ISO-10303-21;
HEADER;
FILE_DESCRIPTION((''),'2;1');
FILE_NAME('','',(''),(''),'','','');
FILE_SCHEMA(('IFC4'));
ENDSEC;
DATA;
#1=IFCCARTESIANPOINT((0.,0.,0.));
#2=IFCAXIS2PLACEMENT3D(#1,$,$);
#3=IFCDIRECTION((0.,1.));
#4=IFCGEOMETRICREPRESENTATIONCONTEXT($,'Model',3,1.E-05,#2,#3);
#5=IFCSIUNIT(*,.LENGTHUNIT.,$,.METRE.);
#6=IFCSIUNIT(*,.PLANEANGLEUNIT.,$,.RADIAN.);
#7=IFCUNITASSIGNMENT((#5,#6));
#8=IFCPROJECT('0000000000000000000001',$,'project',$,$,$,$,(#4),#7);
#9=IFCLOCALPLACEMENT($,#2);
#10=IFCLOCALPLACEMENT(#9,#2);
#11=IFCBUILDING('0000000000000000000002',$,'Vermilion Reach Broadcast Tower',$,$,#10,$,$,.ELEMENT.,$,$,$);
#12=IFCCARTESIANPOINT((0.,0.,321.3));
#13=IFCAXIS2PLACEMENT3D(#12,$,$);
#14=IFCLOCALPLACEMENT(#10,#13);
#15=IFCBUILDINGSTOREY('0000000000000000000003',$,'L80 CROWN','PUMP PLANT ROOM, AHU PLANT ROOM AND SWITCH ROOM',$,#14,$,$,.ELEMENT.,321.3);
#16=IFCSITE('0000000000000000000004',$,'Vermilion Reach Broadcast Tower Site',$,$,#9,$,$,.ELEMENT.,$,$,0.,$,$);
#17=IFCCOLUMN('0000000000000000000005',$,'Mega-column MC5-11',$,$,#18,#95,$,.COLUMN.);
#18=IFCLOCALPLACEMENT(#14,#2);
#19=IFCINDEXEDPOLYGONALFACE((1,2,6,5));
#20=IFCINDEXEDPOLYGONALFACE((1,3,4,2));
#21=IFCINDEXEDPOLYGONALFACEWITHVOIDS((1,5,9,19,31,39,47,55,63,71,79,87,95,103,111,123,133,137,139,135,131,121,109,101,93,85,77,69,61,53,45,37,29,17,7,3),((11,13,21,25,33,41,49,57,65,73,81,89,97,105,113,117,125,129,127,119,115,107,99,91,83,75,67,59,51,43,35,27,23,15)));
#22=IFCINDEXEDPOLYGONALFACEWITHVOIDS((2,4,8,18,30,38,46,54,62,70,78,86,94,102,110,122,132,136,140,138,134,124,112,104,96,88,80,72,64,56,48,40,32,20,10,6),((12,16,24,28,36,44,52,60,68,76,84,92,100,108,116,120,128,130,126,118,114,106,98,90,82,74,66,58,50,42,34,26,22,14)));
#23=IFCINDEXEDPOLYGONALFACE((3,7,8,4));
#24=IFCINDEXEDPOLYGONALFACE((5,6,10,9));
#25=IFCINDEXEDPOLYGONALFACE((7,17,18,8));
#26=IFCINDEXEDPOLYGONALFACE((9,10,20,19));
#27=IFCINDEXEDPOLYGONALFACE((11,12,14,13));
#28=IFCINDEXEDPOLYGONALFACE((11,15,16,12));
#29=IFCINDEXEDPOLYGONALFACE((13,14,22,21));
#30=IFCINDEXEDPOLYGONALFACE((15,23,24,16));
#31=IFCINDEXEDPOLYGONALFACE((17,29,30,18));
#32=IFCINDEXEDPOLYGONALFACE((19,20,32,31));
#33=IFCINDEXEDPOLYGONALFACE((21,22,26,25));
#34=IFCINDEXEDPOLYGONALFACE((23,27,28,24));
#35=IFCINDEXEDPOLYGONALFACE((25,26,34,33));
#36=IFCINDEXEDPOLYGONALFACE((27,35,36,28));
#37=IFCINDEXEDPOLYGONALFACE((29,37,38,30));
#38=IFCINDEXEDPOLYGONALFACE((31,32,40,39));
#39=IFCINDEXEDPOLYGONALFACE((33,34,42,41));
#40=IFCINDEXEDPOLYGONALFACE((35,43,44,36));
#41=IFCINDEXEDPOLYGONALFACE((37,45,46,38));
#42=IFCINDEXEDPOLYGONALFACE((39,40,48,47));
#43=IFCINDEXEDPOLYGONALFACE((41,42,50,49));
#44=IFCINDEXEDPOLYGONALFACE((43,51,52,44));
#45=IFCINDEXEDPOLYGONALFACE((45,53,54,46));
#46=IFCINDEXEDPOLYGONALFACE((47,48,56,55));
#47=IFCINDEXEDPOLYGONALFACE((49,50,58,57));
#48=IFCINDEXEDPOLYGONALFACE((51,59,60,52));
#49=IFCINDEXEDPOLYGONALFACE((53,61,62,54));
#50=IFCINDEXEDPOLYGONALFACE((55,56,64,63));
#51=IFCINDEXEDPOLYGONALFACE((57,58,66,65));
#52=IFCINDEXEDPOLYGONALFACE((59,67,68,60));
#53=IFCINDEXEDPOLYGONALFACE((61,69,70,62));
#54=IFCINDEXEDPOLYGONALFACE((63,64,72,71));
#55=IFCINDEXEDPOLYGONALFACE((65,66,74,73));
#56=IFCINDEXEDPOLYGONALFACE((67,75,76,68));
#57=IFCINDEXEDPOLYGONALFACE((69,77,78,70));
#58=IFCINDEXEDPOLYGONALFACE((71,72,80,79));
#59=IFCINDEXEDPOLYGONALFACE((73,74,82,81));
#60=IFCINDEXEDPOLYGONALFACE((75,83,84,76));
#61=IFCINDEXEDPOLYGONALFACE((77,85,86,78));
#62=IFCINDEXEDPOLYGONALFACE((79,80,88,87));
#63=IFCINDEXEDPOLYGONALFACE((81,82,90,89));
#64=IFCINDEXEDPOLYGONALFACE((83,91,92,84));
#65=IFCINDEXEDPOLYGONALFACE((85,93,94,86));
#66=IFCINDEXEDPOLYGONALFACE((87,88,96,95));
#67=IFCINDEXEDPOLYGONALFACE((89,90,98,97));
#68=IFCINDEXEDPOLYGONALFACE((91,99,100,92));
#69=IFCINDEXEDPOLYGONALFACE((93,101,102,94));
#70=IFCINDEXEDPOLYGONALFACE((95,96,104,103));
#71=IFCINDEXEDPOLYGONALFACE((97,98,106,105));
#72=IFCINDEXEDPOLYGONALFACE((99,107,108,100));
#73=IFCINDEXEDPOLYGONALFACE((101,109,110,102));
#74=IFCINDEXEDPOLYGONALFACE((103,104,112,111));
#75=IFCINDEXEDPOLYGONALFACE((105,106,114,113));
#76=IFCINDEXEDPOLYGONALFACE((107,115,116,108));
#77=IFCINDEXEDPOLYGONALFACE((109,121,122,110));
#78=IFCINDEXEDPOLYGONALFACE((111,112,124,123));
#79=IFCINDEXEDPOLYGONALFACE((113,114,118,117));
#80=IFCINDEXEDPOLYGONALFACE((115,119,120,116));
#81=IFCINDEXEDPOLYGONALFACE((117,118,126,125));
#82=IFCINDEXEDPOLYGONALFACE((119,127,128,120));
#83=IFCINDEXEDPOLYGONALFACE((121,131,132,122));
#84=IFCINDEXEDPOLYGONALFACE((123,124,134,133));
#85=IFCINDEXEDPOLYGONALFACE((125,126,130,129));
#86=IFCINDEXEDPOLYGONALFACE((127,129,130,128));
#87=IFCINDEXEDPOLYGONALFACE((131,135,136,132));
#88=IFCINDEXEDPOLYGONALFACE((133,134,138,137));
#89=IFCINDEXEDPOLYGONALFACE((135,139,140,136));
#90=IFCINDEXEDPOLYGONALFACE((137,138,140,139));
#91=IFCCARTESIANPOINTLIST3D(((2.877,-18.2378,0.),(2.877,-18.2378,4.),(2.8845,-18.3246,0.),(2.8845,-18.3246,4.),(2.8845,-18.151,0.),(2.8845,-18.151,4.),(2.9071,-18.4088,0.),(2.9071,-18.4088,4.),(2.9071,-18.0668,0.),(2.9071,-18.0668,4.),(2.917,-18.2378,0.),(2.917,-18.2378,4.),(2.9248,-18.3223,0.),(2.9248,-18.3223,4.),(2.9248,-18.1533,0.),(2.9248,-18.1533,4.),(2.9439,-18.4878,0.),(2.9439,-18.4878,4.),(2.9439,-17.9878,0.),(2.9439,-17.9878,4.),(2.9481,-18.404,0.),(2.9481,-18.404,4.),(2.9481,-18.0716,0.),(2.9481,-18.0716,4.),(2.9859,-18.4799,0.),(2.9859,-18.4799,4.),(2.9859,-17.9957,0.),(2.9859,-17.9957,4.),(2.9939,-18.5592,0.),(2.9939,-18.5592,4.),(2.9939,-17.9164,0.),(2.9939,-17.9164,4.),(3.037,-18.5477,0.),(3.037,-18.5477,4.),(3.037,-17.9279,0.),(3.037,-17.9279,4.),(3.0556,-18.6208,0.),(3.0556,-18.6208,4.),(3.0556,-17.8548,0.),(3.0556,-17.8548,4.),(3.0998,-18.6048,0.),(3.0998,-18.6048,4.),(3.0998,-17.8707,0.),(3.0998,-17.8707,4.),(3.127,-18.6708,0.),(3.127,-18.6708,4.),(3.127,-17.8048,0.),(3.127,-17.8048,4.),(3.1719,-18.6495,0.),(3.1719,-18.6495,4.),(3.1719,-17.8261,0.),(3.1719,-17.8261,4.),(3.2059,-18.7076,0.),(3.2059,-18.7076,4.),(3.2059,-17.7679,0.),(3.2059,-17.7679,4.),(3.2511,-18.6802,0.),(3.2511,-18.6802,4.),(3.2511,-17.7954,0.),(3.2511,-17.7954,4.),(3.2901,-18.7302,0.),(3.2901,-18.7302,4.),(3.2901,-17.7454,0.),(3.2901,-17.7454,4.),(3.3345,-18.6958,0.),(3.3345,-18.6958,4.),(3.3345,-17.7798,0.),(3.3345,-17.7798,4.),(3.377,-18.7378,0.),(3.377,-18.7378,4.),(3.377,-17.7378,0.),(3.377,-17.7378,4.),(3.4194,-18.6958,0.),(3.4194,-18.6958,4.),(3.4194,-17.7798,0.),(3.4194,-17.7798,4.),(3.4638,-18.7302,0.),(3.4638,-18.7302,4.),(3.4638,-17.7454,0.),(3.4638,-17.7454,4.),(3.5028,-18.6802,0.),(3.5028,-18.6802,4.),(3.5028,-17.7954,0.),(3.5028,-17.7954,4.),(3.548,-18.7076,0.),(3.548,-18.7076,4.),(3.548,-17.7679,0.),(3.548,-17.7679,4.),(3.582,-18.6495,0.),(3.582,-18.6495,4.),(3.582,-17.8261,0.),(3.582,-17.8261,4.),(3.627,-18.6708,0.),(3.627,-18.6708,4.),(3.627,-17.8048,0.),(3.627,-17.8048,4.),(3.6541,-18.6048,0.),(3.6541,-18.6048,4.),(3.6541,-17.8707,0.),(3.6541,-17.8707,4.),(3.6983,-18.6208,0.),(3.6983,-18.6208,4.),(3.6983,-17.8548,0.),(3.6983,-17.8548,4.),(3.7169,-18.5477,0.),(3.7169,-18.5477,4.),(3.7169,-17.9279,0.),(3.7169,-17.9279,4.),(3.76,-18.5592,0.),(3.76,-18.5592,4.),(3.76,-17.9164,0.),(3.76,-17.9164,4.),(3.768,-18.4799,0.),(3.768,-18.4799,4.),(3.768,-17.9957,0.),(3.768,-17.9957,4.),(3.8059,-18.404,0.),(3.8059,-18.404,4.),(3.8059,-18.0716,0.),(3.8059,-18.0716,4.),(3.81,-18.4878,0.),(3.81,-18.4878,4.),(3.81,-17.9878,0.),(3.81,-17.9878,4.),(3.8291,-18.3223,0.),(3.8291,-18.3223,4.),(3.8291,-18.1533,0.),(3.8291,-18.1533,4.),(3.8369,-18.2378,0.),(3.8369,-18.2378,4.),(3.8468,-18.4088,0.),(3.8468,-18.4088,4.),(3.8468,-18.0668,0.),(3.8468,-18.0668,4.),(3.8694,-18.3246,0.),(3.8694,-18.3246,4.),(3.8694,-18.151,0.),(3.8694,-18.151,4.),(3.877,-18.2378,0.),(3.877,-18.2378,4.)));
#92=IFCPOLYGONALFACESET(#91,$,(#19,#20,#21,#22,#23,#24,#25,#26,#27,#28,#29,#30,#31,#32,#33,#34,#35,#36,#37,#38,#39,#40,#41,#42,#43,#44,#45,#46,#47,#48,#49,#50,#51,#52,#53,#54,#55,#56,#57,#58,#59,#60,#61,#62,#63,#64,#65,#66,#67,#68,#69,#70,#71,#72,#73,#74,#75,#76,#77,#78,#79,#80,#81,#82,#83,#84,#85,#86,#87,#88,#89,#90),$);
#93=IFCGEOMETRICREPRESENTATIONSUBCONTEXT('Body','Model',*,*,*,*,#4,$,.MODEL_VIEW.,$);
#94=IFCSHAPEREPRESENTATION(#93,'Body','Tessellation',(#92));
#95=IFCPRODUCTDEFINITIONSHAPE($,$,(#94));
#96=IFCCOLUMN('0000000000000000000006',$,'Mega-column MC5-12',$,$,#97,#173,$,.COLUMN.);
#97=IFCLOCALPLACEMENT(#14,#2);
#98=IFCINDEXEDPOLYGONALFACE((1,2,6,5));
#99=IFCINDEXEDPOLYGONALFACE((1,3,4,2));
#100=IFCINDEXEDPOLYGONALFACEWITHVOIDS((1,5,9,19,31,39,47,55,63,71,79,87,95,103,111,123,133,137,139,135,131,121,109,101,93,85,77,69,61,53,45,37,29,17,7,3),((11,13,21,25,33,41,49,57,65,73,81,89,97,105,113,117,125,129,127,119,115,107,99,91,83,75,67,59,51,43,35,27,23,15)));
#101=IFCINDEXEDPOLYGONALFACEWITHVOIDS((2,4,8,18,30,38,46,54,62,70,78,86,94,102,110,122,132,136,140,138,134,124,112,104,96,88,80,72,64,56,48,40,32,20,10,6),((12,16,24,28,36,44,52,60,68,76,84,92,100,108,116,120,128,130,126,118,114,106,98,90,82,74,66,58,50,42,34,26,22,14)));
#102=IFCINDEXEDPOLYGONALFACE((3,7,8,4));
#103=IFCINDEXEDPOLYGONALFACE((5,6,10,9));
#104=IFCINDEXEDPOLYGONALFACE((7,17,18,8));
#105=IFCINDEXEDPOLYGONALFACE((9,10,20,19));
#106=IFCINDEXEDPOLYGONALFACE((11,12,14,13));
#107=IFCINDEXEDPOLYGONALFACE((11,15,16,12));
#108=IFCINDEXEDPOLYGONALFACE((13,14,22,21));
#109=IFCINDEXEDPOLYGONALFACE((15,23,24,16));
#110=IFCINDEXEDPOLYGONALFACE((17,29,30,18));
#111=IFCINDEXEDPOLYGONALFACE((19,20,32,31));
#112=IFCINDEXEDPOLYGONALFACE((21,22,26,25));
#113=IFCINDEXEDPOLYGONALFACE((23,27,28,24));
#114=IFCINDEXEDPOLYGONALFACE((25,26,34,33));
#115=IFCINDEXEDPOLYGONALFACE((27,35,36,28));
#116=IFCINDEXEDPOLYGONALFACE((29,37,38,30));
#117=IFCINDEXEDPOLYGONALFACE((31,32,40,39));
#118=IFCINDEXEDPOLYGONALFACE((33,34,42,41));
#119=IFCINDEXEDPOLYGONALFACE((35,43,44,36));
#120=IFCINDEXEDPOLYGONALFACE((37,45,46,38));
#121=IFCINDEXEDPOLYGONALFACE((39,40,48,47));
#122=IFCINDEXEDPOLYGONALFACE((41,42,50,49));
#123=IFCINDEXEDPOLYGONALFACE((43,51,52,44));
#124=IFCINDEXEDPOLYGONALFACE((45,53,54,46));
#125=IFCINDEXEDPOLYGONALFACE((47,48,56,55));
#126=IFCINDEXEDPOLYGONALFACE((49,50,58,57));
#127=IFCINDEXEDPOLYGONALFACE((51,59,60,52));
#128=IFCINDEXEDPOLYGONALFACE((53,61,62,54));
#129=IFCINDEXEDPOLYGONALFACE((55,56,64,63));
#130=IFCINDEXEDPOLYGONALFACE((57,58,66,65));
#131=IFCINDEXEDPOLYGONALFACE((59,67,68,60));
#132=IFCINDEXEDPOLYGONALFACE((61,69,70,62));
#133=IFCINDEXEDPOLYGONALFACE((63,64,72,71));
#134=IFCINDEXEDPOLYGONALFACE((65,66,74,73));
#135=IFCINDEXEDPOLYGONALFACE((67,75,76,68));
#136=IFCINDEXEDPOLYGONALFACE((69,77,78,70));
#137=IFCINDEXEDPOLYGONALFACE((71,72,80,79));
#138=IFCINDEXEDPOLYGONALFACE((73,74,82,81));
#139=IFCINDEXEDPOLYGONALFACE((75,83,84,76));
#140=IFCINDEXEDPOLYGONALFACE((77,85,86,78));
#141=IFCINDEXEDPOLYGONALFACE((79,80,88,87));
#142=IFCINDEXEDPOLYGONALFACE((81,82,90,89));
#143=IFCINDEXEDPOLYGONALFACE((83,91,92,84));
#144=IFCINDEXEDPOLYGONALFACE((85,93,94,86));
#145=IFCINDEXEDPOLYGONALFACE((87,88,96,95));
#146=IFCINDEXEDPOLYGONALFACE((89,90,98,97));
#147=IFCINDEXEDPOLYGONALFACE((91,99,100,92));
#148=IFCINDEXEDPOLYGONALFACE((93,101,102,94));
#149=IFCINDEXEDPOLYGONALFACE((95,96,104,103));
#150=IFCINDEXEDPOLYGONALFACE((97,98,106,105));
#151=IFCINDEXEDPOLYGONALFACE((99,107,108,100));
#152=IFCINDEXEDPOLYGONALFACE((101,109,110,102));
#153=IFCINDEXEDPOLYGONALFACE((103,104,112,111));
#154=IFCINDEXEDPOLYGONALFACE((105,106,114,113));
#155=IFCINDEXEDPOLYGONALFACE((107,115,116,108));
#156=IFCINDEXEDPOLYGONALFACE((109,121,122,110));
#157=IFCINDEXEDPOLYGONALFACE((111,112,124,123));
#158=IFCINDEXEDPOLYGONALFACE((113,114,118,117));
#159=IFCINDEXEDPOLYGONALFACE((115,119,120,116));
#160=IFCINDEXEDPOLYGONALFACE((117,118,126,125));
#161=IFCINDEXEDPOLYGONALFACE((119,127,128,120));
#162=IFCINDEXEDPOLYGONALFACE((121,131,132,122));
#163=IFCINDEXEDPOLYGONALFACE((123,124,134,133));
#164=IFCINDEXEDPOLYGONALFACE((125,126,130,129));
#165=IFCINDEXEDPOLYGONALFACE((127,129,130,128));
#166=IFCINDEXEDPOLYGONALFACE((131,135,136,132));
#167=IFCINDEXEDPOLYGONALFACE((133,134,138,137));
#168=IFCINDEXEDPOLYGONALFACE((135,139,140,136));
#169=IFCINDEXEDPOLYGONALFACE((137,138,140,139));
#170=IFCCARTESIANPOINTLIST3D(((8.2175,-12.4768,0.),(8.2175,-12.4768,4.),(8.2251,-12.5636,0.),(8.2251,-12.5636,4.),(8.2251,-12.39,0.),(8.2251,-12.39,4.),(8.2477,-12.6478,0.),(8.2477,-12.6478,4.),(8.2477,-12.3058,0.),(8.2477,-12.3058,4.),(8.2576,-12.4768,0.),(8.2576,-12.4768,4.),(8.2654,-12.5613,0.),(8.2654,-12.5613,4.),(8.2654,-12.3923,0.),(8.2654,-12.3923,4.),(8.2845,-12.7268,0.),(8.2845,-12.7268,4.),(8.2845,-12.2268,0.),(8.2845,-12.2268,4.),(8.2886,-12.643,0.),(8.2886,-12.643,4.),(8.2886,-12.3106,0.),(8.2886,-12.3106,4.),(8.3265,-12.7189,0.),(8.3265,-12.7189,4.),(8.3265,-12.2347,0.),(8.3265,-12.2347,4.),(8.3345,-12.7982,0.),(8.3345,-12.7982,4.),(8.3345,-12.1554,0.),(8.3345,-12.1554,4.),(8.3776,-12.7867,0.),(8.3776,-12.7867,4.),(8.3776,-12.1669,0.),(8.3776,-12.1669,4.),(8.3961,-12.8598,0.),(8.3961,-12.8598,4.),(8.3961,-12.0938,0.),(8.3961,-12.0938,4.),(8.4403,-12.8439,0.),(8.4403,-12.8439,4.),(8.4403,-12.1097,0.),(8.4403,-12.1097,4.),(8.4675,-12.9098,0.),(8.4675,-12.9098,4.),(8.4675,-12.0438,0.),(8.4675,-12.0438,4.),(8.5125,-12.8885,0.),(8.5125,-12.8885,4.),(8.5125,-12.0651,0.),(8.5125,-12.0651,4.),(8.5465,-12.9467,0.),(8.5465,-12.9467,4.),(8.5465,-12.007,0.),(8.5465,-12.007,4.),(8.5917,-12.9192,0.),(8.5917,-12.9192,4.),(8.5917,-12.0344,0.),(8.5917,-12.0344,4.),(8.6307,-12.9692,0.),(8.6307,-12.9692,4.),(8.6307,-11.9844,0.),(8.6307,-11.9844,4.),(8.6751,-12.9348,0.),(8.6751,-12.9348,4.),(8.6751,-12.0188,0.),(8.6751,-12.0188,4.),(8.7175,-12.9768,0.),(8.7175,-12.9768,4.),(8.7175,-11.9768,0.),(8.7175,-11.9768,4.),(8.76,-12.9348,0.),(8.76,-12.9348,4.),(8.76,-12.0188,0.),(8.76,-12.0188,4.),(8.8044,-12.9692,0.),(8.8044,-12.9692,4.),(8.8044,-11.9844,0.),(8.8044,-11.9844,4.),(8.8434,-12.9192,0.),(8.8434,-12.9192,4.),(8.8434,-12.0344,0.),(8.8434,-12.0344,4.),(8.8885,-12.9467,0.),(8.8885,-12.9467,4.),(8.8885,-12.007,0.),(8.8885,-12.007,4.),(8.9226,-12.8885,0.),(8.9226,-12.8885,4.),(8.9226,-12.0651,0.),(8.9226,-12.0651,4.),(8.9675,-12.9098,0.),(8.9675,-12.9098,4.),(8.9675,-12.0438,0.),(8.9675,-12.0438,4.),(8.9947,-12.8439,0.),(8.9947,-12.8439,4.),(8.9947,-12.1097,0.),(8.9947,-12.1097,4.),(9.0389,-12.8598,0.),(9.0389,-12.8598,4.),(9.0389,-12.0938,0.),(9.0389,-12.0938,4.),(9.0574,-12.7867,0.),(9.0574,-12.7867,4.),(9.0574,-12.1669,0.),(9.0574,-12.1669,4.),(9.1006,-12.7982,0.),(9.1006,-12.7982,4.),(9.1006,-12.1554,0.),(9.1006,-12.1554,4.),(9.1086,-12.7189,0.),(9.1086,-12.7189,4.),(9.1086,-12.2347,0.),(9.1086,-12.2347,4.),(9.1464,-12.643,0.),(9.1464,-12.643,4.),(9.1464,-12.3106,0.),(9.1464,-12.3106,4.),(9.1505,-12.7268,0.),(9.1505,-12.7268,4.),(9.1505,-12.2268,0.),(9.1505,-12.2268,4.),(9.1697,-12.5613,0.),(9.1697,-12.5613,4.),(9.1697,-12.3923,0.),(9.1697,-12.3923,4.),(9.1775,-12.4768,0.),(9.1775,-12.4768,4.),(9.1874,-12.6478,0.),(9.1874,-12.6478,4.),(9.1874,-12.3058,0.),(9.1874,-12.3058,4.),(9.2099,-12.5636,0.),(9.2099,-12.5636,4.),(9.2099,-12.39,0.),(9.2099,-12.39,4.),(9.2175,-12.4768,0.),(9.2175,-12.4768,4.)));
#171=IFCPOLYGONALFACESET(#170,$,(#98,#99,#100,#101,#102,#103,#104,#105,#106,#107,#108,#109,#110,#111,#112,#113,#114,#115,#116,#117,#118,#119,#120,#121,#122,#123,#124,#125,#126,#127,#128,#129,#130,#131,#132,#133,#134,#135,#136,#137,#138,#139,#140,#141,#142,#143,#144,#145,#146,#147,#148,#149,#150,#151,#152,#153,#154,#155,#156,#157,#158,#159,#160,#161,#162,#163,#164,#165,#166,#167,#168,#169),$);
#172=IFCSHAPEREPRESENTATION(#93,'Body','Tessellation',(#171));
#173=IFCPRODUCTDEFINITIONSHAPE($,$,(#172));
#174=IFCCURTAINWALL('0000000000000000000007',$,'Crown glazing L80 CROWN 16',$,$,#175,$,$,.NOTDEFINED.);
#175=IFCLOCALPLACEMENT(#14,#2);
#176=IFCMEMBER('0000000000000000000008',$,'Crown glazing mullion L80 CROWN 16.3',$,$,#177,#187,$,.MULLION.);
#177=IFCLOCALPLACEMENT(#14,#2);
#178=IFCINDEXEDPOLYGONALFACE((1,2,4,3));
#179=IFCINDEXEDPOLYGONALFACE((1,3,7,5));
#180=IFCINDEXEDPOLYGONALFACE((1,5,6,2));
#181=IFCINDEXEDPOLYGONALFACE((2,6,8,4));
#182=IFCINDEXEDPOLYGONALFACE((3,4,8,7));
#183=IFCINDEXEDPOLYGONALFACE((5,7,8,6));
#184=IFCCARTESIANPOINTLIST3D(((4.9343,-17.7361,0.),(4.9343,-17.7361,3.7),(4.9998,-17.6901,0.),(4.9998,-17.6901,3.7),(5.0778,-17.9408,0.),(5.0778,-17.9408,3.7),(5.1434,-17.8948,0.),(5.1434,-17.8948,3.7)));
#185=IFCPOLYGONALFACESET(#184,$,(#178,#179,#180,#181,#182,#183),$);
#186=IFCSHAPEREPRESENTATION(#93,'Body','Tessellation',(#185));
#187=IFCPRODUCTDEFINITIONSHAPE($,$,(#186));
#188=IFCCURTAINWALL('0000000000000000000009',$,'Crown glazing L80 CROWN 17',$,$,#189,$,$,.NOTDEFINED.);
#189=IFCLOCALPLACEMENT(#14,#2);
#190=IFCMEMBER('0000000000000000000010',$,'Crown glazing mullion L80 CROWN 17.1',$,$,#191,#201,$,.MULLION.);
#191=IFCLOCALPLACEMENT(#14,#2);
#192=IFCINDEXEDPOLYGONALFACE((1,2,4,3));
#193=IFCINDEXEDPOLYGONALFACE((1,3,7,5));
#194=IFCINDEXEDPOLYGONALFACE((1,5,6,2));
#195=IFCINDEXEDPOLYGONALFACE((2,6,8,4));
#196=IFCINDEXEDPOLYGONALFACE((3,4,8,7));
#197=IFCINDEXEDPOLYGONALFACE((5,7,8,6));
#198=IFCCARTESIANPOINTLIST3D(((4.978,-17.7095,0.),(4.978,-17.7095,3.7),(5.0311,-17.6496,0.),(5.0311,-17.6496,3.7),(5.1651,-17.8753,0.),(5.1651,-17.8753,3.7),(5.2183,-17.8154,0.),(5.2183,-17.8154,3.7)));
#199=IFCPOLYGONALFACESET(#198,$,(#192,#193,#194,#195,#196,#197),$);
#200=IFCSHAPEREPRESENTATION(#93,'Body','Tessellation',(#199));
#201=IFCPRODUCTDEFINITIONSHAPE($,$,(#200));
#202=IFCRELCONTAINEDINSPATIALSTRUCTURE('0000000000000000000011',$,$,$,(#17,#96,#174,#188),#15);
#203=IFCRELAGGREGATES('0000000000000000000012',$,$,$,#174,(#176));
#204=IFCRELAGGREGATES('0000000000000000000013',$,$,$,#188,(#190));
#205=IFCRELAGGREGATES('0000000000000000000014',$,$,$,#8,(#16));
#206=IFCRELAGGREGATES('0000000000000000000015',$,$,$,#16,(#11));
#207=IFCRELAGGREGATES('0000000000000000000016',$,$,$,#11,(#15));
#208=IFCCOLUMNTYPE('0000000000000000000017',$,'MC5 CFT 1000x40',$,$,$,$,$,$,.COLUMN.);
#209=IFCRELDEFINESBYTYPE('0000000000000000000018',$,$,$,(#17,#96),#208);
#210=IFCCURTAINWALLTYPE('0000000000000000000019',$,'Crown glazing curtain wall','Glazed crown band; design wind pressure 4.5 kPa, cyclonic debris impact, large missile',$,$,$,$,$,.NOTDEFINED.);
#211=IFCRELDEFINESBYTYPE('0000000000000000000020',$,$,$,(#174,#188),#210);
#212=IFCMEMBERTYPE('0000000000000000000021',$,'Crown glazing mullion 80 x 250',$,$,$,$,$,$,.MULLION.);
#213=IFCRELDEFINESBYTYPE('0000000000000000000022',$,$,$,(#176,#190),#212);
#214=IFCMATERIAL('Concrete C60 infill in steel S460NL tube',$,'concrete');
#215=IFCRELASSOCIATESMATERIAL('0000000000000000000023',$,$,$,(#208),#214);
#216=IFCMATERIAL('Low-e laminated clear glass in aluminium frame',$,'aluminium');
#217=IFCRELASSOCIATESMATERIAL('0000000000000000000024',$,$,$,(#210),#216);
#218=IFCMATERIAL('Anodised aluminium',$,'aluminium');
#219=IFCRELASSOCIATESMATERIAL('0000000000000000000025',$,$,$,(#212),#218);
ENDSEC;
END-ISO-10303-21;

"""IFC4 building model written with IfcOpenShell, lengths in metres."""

from ifc_helpers import new_model, si_unit, direction, frame, origin, origin_2d, place, context, subcontext, project, spatial, rectangle, hollow_circle, extrude, material, material_profile, profile_set, type_object, element, aggregate, save


model = new_model("IFC4")

# Units and contexts
model_context = context("Model", 3, precision=1e-05, world=origin(), true_north=direction((0.0, 1.0)))
body_context = subcontext(model_context, "Body", "Model", "MODEL_VIEW")
ifc_project = project(units=[si_unit("LENGTHUNIT", "METRE"), si_unit("PLANEANGLEUNIT", "RADIAN")], contexts=[model_context])

# Site, building, storey
site_placement = place(None, origin())
site = spatial("IfcSite", under=ifc_project, at=site_placement, Name="Vermilion Reach Broadcast Tower Site", CompositionType="ELEMENT", RefElevation=0.0)
building_placement = place(site_placement, origin())
building = spatial("IfcBuilding", under=site, at=building_placement, Name="Vermilion Reach Broadcast Tower", CompositionType="ELEMENT")
storey_placement = place(building_placement, frame((0.0, 0.0, 321.3)))
storey = spatial("IfcBuildingStorey", under=building, at=storey_placement, Name="L80 CROWN", Description="PUMP PLANT ROOM, AHU PLANT ROOM AND SWITCH ROOM", CompositionType="ELEMENT", Elevation=321.3)

# Columns
ifc_material_1 = material(Name="Concrete C60 infill in steel S460NL tube", Category="concrete")
ifc_material_profile_1 = material_profile(ifc_material_1, hollow_circle(Radius=0.5, WallThickness=0.04, at=origin_2d()), Name="Concrete C60 infill in steel S460NL tube CFT 1000x40")
ifc_profile_set_1 = profile_set([ifc_material_profile_1], Name="Concrete C60 infill in steel S460NL tube")
column_type = type_object("IfcColumnType", Name="MC5 CFT 1000x40", PredefinedType="COLUMN", material=ifc_profile_set_1)
for number, where, z_axis, x_axis, name in (
    (1, (3.377, -18.2378, 0.0), (0.0, 0.0, 1.0), (1.0, 0.0, 0.0), "Mega-column MC5-11"),
    (2, (8.7175, -12.4768, 0.0), (0.0, 0.0, 1.0), (1.0, 0.0, 0.0), "Mega-column MC5-12"),
):
    element("IfcColumn", number, at=place(storey_placement, frame(where, z_axis=z_axis, x_axis=x_axis)), inside=storey, type_object=column_type, Name=name, PredefinedType="COLUMN", context=body_context, shape_type="SweptSolid", body=[
        extrude(hollow_circle(Radius=0.5, WallThickness=0.04, at=origin_2d()), origin(), (0.0, 0.0, 1.0), 4.0),
    ])

# Curtain wall, member
ifc_material_2 = material(Name="Low-e laminated clear glass in aluminium frame", Category="aluminium")
curtain_wall_type = type_object("IfcCurtainWallType", Name="Crown glazing curtain wall", Description="Glazed crown band; design wind pressure 4.5 kPa, cyclonic debris impact, large missile", PredefinedType="NOTDEFINED", material=ifc_material_2)
placement = place(storey_placement, origin())
curtain_wall_1 = element("IfcCurtainWall", 3, at=placement, inside=storey, type_object=curtain_wall_type, Name="Crown glazing L80 CROWN 16", PredefinedType="NOTDEFINED")
ifc_material_3 = material(Name="Anodised aluminium", Category="aluminium")
ifc_material_profile_2 = material_profile(ifc_material_3, rectangle(XDim=0.25, YDim=0.0801, at=origin_2d()), Name="Crown glazing mullion 80 x 250")
ifc_profile_set_2 = profile_set([ifc_material_profile_2], Name="Anodised aluminium")
member_type_1 = type_object("IfcMemberType", Name="Crown glazing mullion 80 x 250", PredefinedType="MULLION", material=ifc_profile_set_2)
member_1_placement = place(storey_placement, frame((5.0388, -17.8154, 0.0), z_axis=(0.0, 0.0, 1.0), x_axis=(-0.574164, 0.81874, 0.0)))
member_1 = element("IfcMember", 4, at=member_1_placement, type_object=member_type_1, Name="Crown glazing mullion L80 CROWN 16.3", PredefinedType="MULLION", context=body_context, shape_type="SweptSolid", body=[
    extrude(rectangle(XDim=0.25, YDim=0.0801, at=origin_2d()), origin(), (0.0, 0.0, 1.0), 3.7),
])

# Curtain wall, member
curtain_wall_2 = element("IfcCurtainWall", 5, at=placement, inside=storey, type_object=curtain_wall_type, Name="Crown glazing L80 CROWN 17", PredefinedType="NOTDEFINED")
member_2_placement = place(storey_placement, frame((5.0981, -17.7625, 0.0), z_axis=(0.0, 0.0, 1.0), x_axis=(-0.748408, 0.663239, 0.0)))
member_2 = element("IfcMember", 6, at=member_2_placement, type_object=member_type_1, Name="Crown glazing mullion L80 CROWN 17.1", PredefinedType="MULLION", context=body_context, shape_type="SweptSolid", body=[
    extrude(rectangle(XDim=0.25, YDim=0.0801, at=origin_2d()), origin(), (0.0, 0.0, 1.0), 3.7),
])

aggregate(curtain_wall_1, [member_1])
aggregate(curtain_wall_2, [member_2])

save(model, "model.ifc")
